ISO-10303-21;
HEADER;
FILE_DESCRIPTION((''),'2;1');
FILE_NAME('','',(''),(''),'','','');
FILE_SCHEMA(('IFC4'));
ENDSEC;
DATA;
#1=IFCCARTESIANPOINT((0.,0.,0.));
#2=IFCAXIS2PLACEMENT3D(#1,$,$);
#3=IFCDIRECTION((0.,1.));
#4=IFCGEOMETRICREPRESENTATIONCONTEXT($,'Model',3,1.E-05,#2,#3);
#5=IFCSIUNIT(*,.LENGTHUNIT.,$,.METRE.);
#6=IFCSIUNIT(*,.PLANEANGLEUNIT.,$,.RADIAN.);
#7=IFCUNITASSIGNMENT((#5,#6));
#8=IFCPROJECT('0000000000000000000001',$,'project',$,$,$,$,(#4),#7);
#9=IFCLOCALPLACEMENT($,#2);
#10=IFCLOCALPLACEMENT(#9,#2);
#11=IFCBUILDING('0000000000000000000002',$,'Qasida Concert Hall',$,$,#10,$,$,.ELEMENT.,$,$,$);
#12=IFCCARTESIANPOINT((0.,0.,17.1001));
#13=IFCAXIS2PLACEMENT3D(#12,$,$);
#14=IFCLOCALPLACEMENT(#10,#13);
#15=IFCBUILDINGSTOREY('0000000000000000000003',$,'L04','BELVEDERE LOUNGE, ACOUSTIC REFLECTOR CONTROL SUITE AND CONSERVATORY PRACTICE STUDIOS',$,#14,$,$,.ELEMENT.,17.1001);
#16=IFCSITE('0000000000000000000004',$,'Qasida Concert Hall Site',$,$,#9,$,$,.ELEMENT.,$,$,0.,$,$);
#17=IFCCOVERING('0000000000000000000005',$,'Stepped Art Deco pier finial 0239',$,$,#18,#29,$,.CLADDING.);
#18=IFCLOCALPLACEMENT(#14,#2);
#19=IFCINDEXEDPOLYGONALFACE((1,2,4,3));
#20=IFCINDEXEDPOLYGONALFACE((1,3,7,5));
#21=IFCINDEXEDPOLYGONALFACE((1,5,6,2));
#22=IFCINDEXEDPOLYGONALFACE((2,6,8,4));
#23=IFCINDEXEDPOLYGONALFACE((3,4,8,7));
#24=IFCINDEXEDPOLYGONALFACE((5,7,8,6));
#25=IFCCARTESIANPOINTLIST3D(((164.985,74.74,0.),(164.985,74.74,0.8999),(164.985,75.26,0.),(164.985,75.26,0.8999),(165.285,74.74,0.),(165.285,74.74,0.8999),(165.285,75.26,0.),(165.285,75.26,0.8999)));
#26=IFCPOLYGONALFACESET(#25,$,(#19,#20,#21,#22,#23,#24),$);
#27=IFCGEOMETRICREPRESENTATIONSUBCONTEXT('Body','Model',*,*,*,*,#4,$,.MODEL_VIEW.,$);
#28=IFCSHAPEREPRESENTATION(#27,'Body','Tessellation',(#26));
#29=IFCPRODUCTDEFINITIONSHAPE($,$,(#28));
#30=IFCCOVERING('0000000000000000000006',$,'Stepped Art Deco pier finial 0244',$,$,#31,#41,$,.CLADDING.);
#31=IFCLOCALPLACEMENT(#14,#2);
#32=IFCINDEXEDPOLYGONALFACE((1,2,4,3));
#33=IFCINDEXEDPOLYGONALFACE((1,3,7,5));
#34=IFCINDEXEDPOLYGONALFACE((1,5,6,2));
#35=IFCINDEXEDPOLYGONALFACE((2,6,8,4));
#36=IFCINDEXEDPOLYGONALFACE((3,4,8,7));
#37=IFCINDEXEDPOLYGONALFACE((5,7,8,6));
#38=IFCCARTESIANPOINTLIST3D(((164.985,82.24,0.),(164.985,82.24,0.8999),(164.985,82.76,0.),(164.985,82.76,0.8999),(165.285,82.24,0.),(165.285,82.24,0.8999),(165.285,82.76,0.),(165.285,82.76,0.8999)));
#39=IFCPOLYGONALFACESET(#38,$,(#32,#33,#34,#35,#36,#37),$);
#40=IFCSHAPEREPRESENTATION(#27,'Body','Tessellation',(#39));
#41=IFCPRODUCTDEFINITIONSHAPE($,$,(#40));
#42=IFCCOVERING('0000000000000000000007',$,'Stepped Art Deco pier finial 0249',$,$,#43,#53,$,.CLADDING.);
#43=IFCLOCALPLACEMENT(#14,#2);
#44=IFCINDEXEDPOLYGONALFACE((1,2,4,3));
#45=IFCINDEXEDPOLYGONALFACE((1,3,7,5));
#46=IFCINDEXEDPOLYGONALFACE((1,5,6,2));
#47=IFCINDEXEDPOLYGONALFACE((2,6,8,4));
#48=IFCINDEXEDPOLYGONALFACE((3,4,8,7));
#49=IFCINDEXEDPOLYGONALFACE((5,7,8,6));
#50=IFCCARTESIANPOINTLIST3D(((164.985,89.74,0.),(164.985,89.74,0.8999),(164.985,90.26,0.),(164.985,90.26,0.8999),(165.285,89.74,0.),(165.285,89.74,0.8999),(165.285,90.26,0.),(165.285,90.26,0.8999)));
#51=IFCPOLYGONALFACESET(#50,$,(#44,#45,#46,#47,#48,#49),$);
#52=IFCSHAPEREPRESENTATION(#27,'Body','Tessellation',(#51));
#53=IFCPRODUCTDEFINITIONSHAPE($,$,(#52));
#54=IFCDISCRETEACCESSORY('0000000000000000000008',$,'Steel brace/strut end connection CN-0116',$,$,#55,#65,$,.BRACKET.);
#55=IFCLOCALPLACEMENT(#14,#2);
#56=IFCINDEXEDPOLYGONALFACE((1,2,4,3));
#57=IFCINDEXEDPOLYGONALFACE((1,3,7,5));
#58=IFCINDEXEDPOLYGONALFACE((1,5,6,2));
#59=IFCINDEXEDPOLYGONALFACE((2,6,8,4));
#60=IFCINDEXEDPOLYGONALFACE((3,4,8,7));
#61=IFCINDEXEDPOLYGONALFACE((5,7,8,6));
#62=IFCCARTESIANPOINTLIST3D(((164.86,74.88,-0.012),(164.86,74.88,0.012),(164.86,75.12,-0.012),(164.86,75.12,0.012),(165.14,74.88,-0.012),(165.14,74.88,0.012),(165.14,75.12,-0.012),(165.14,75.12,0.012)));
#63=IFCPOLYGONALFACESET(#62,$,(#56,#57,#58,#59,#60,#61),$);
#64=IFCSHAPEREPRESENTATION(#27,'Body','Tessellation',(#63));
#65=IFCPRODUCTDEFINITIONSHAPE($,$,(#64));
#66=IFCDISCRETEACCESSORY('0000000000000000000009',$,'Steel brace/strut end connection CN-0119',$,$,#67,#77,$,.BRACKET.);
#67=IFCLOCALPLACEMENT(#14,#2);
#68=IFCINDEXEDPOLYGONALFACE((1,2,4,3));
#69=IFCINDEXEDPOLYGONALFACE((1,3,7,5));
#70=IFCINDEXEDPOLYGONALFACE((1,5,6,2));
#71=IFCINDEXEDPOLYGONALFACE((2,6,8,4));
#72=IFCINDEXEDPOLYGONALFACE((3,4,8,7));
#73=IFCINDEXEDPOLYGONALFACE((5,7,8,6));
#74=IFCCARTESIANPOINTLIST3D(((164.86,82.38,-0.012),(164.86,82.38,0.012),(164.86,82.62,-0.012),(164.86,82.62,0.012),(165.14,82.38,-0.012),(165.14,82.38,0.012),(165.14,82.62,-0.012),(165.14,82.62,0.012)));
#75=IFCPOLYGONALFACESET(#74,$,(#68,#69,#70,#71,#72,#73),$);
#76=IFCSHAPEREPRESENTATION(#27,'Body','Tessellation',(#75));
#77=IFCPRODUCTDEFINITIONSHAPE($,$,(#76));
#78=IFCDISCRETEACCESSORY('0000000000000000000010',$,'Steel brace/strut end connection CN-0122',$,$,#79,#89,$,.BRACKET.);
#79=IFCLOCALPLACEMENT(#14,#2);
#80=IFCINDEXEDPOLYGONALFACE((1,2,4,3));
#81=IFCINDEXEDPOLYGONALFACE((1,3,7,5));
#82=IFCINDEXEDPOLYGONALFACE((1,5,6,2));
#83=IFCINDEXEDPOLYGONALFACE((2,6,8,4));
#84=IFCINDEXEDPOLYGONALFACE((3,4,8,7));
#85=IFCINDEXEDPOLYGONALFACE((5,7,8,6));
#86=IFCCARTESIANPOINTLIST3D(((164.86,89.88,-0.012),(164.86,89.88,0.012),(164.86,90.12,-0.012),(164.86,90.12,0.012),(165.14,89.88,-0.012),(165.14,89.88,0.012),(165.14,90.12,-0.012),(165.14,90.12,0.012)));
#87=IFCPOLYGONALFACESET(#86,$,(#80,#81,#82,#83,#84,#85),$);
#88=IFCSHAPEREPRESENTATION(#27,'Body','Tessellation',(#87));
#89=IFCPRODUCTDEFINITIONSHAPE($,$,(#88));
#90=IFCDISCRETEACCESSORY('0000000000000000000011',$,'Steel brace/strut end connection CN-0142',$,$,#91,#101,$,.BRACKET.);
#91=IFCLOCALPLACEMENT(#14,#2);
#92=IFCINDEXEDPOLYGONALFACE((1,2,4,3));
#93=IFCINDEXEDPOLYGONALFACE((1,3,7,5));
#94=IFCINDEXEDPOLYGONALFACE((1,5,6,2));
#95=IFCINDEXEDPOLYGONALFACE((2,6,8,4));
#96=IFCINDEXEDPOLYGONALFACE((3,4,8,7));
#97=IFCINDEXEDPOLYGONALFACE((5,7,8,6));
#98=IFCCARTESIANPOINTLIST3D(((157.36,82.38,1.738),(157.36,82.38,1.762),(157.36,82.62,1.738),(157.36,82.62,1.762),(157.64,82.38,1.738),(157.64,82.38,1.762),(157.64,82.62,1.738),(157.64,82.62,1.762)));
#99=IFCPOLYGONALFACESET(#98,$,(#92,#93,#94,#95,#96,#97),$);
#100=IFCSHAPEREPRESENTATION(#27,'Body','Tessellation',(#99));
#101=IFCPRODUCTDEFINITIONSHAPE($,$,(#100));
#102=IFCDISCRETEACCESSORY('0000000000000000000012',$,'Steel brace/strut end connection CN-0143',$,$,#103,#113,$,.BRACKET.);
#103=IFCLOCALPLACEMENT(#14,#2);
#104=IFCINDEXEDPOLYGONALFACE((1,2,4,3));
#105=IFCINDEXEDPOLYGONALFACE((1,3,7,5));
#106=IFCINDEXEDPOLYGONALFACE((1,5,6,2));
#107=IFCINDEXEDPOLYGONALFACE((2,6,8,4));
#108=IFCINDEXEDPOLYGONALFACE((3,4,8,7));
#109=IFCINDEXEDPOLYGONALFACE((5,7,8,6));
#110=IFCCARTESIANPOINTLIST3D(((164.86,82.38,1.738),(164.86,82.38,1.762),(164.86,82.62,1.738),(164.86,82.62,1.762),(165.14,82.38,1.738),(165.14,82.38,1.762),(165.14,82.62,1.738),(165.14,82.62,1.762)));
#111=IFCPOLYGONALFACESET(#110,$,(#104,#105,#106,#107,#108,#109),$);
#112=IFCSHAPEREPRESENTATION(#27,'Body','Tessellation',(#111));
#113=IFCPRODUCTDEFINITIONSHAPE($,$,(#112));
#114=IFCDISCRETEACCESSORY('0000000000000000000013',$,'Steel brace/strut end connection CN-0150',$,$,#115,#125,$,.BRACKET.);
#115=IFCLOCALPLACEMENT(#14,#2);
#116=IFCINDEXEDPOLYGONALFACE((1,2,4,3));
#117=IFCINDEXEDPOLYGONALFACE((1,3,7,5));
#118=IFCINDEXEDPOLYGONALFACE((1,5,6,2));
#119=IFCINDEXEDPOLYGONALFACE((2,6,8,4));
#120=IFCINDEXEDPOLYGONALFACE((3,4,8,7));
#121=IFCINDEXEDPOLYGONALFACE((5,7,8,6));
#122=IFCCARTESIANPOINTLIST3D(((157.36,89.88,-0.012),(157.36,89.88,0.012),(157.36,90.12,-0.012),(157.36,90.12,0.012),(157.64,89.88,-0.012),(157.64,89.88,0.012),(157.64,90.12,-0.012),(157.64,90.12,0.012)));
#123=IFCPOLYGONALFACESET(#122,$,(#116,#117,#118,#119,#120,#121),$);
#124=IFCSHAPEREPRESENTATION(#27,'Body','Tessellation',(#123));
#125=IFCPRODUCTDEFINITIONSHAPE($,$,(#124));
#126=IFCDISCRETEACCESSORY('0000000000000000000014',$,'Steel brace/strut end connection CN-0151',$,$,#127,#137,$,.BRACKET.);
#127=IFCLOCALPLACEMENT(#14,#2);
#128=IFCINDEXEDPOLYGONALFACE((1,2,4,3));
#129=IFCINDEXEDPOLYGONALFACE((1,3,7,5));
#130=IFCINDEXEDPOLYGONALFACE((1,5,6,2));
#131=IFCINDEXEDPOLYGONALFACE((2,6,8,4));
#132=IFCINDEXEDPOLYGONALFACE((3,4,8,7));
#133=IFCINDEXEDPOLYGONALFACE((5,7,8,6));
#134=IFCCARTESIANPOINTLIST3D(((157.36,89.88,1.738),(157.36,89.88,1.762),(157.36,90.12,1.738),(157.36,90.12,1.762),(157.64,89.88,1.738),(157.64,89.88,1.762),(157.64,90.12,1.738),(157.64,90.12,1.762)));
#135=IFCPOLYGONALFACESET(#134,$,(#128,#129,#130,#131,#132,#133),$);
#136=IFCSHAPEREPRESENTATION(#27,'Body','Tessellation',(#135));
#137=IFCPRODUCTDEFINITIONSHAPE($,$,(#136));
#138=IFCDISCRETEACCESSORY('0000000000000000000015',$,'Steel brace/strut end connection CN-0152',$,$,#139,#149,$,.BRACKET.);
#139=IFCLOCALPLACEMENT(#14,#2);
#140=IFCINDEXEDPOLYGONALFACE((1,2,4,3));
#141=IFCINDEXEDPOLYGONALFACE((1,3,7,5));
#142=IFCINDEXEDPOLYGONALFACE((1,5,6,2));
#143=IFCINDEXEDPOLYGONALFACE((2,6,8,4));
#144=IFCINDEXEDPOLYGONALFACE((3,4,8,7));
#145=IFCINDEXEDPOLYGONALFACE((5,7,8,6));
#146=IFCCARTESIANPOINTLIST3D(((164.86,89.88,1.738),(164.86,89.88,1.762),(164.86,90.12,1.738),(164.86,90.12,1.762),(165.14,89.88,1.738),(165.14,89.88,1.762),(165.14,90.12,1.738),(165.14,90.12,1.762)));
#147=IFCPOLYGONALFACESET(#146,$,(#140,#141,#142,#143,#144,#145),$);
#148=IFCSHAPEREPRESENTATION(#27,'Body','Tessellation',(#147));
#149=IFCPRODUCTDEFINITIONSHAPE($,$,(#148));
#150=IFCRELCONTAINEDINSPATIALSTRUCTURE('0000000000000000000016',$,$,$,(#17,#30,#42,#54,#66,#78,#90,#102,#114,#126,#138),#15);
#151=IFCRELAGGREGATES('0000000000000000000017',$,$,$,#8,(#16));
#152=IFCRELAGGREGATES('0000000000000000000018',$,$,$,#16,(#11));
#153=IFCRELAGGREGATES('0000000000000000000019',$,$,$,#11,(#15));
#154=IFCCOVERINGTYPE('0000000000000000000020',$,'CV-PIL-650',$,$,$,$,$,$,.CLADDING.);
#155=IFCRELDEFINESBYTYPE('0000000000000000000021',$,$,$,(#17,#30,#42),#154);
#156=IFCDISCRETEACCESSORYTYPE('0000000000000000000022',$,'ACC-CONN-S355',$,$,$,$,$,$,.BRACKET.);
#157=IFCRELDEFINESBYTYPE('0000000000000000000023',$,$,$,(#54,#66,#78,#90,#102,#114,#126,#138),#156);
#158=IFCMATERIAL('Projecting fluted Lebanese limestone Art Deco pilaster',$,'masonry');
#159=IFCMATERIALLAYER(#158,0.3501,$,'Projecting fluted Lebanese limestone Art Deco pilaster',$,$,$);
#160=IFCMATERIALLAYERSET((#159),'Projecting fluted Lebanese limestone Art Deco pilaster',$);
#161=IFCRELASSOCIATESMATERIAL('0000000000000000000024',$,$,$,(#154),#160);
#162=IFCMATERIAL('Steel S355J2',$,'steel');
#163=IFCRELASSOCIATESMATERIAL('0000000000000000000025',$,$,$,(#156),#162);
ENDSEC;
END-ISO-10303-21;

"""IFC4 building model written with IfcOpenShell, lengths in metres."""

from ifc_helpers import new_model, si_unit, direction, frame, origin, origin_2d, place, context, subcontext, project, spatial, rectangle, extrude, material, layer, layer_set, type_object, element, save


model = new_model("IFC4")

# Units and contexts
model_context = context("Model", 3, precision=1e-05, world=origin(), true_north=direction((0.0, 1.0)))
body_context = subcontext(model_context, "Body", "Model", "MODEL_VIEW")
ifc_project = project(units=[si_unit("LENGTHUNIT", "METRE"), si_unit("PLANEANGLEUNIT", "RADIAN")], contexts=[model_context])

# Site, building, storey
site_placement = place(None, origin())
site = spatial("IfcSite", under=ifc_project, at=site_placement, Name="Qasida Concert Hall Site", CompositionType="ELEMENT", RefElevation=0.0)
building_placement = place(site_placement, origin())
building = spatial("IfcBuilding", under=site, at=building_placement, Name="Qasida Concert Hall", CompositionType="ELEMENT")
storey_placement = place(building_placement, frame((0.0, 0.0, 17.1001)))
storey = spatial("IfcBuildingStorey", under=building, at=storey_placement, Name="L04", Description="BELVEDERE LOUNGE, ACOUSTIC REFLECTOR CONTROL SUITE AND CONSERVATORY PRACTICE STUDIOS", CompositionType="ELEMENT", Elevation=17.1001)

# Shared definitions
ifc_material_1 = material(Name="Steel S355J2", Category="steel")

# Coverings
ifc_material_2 = material(Name="Projecting fluted Lebanese limestone Art Deco pilaster", Category="masonry")
ifc_layer = layer(ifc_material_2, 0.3501, Name="Projecting fluted Lebanese limestone Art Deco pilaster")
ifc_layer_set = layer_set([ifc_layer], Name="Projecting fluted Lebanese limestone Art Deco pilaster")
covering_type = type_object("IfcCoveringType", Name="CV-PIL-650", PredefinedType="CLADDING", material=ifc_layer_set)
for number, where, z_axis, x_axis, name in (
    (1, (165.135, 75.0, 0.0), (0.0, 0.0, 1.0), (1.0, 0.0, 0.0), "Stepped Art Deco pier finial 0239"),
    (2, (165.135, 82.5, 0.0), (0.0, 0.0, 1.0), (1.0, 0.0, 0.0), "Stepped Art Deco pier finial 0244"),
    (3, (165.135, 90.0, 0.0), (0.0, 0.0, 1.0), (1.0, 0.0, 0.0), "Stepped Art Deco pier finial 0249"),
):
    element("IfcCovering", number, at=place(storey_placement, frame(where, z_axis=z_axis, x_axis=x_axis)), inside=storey, type_object=covering_type, Name=name, PredefinedType="CLADDING", context=body_context, shape_type="SweptSolid", body=[
        extrude(rectangle(XDim=0.3, YDim=0.52, at=origin_2d()), origin(), (0.0, 0.0, 1.0), 0.8999),
    ])

# Discrete accessories
discrete_accessory_type = type_object("IfcDiscreteAccessoryType", Name="ACC-CONN-S355", PredefinedType="BRACKET", material=ifc_material_1)
for number, where, z_axis, x_axis, name in (
    (4, (165.0, 75.0, -0.012), (0.0, 0.0, 1.0), (1.0, 0.0, 0.0), "Steel brace/strut end connection CN-0116"),
    (5, (165.0, 82.5, -0.012), (0.0, 0.0, 1.0), (1.0, 0.0, 0.0), "Steel brace/strut end connection CN-0119"),
    (6, (165.0, 90.0, -0.012), (0.0, 0.0, 1.0), (1.0, 0.0, 0.0), "Steel brace/strut end connection CN-0122"),
    (7, (157.5, 82.5, 1.738), (0.0, 0.0, 1.0), (1.0, 0.0, 0.0), "Steel brace/strut end connection CN-0142"),
    (8, (165.0, 82.5, 1.738), (0.0, 0.0, 1.0), (1.0, 0.0, 0.0), "Steel brace/strut end connection CN-0143"),
    (9, (157.5, 90.0, -0.012), (0.0, 0.0, 1.0), (1.0, 0.0, 0.0), "Steel brace/strut end connection CN-0150"),
    (10, (157.5, 90.0, 1.738), (0.0, 0.0, 1.0), (1.0, 0.0, 0.0), "Steel brace/strut end connection CN-0151"),
    (11, (165.0, 90.0, 1.738), (0.0, 0.0, 1.0), (1.0, 0.0, 0.0), "Steel brace/strut end connection CN-0152"),
):
    element("IfcDiscreteAccessory", number, at=place(storey_placement, frame(where, z_axis=z_axis, x_axis=x_axis)), inside=storey, type_object=discrete_accessory_type, Name=name, PredefinedType="BRACKET", context=body_context, shape_type="SweptSolid", body=[
        extrude(rectangle(XDim=0.28, YDim=0.24, at=origin_2d()), origin(), (0.0, 0.0, 1.0), 0.0239),
    ])

save(model, "model.ifc")
